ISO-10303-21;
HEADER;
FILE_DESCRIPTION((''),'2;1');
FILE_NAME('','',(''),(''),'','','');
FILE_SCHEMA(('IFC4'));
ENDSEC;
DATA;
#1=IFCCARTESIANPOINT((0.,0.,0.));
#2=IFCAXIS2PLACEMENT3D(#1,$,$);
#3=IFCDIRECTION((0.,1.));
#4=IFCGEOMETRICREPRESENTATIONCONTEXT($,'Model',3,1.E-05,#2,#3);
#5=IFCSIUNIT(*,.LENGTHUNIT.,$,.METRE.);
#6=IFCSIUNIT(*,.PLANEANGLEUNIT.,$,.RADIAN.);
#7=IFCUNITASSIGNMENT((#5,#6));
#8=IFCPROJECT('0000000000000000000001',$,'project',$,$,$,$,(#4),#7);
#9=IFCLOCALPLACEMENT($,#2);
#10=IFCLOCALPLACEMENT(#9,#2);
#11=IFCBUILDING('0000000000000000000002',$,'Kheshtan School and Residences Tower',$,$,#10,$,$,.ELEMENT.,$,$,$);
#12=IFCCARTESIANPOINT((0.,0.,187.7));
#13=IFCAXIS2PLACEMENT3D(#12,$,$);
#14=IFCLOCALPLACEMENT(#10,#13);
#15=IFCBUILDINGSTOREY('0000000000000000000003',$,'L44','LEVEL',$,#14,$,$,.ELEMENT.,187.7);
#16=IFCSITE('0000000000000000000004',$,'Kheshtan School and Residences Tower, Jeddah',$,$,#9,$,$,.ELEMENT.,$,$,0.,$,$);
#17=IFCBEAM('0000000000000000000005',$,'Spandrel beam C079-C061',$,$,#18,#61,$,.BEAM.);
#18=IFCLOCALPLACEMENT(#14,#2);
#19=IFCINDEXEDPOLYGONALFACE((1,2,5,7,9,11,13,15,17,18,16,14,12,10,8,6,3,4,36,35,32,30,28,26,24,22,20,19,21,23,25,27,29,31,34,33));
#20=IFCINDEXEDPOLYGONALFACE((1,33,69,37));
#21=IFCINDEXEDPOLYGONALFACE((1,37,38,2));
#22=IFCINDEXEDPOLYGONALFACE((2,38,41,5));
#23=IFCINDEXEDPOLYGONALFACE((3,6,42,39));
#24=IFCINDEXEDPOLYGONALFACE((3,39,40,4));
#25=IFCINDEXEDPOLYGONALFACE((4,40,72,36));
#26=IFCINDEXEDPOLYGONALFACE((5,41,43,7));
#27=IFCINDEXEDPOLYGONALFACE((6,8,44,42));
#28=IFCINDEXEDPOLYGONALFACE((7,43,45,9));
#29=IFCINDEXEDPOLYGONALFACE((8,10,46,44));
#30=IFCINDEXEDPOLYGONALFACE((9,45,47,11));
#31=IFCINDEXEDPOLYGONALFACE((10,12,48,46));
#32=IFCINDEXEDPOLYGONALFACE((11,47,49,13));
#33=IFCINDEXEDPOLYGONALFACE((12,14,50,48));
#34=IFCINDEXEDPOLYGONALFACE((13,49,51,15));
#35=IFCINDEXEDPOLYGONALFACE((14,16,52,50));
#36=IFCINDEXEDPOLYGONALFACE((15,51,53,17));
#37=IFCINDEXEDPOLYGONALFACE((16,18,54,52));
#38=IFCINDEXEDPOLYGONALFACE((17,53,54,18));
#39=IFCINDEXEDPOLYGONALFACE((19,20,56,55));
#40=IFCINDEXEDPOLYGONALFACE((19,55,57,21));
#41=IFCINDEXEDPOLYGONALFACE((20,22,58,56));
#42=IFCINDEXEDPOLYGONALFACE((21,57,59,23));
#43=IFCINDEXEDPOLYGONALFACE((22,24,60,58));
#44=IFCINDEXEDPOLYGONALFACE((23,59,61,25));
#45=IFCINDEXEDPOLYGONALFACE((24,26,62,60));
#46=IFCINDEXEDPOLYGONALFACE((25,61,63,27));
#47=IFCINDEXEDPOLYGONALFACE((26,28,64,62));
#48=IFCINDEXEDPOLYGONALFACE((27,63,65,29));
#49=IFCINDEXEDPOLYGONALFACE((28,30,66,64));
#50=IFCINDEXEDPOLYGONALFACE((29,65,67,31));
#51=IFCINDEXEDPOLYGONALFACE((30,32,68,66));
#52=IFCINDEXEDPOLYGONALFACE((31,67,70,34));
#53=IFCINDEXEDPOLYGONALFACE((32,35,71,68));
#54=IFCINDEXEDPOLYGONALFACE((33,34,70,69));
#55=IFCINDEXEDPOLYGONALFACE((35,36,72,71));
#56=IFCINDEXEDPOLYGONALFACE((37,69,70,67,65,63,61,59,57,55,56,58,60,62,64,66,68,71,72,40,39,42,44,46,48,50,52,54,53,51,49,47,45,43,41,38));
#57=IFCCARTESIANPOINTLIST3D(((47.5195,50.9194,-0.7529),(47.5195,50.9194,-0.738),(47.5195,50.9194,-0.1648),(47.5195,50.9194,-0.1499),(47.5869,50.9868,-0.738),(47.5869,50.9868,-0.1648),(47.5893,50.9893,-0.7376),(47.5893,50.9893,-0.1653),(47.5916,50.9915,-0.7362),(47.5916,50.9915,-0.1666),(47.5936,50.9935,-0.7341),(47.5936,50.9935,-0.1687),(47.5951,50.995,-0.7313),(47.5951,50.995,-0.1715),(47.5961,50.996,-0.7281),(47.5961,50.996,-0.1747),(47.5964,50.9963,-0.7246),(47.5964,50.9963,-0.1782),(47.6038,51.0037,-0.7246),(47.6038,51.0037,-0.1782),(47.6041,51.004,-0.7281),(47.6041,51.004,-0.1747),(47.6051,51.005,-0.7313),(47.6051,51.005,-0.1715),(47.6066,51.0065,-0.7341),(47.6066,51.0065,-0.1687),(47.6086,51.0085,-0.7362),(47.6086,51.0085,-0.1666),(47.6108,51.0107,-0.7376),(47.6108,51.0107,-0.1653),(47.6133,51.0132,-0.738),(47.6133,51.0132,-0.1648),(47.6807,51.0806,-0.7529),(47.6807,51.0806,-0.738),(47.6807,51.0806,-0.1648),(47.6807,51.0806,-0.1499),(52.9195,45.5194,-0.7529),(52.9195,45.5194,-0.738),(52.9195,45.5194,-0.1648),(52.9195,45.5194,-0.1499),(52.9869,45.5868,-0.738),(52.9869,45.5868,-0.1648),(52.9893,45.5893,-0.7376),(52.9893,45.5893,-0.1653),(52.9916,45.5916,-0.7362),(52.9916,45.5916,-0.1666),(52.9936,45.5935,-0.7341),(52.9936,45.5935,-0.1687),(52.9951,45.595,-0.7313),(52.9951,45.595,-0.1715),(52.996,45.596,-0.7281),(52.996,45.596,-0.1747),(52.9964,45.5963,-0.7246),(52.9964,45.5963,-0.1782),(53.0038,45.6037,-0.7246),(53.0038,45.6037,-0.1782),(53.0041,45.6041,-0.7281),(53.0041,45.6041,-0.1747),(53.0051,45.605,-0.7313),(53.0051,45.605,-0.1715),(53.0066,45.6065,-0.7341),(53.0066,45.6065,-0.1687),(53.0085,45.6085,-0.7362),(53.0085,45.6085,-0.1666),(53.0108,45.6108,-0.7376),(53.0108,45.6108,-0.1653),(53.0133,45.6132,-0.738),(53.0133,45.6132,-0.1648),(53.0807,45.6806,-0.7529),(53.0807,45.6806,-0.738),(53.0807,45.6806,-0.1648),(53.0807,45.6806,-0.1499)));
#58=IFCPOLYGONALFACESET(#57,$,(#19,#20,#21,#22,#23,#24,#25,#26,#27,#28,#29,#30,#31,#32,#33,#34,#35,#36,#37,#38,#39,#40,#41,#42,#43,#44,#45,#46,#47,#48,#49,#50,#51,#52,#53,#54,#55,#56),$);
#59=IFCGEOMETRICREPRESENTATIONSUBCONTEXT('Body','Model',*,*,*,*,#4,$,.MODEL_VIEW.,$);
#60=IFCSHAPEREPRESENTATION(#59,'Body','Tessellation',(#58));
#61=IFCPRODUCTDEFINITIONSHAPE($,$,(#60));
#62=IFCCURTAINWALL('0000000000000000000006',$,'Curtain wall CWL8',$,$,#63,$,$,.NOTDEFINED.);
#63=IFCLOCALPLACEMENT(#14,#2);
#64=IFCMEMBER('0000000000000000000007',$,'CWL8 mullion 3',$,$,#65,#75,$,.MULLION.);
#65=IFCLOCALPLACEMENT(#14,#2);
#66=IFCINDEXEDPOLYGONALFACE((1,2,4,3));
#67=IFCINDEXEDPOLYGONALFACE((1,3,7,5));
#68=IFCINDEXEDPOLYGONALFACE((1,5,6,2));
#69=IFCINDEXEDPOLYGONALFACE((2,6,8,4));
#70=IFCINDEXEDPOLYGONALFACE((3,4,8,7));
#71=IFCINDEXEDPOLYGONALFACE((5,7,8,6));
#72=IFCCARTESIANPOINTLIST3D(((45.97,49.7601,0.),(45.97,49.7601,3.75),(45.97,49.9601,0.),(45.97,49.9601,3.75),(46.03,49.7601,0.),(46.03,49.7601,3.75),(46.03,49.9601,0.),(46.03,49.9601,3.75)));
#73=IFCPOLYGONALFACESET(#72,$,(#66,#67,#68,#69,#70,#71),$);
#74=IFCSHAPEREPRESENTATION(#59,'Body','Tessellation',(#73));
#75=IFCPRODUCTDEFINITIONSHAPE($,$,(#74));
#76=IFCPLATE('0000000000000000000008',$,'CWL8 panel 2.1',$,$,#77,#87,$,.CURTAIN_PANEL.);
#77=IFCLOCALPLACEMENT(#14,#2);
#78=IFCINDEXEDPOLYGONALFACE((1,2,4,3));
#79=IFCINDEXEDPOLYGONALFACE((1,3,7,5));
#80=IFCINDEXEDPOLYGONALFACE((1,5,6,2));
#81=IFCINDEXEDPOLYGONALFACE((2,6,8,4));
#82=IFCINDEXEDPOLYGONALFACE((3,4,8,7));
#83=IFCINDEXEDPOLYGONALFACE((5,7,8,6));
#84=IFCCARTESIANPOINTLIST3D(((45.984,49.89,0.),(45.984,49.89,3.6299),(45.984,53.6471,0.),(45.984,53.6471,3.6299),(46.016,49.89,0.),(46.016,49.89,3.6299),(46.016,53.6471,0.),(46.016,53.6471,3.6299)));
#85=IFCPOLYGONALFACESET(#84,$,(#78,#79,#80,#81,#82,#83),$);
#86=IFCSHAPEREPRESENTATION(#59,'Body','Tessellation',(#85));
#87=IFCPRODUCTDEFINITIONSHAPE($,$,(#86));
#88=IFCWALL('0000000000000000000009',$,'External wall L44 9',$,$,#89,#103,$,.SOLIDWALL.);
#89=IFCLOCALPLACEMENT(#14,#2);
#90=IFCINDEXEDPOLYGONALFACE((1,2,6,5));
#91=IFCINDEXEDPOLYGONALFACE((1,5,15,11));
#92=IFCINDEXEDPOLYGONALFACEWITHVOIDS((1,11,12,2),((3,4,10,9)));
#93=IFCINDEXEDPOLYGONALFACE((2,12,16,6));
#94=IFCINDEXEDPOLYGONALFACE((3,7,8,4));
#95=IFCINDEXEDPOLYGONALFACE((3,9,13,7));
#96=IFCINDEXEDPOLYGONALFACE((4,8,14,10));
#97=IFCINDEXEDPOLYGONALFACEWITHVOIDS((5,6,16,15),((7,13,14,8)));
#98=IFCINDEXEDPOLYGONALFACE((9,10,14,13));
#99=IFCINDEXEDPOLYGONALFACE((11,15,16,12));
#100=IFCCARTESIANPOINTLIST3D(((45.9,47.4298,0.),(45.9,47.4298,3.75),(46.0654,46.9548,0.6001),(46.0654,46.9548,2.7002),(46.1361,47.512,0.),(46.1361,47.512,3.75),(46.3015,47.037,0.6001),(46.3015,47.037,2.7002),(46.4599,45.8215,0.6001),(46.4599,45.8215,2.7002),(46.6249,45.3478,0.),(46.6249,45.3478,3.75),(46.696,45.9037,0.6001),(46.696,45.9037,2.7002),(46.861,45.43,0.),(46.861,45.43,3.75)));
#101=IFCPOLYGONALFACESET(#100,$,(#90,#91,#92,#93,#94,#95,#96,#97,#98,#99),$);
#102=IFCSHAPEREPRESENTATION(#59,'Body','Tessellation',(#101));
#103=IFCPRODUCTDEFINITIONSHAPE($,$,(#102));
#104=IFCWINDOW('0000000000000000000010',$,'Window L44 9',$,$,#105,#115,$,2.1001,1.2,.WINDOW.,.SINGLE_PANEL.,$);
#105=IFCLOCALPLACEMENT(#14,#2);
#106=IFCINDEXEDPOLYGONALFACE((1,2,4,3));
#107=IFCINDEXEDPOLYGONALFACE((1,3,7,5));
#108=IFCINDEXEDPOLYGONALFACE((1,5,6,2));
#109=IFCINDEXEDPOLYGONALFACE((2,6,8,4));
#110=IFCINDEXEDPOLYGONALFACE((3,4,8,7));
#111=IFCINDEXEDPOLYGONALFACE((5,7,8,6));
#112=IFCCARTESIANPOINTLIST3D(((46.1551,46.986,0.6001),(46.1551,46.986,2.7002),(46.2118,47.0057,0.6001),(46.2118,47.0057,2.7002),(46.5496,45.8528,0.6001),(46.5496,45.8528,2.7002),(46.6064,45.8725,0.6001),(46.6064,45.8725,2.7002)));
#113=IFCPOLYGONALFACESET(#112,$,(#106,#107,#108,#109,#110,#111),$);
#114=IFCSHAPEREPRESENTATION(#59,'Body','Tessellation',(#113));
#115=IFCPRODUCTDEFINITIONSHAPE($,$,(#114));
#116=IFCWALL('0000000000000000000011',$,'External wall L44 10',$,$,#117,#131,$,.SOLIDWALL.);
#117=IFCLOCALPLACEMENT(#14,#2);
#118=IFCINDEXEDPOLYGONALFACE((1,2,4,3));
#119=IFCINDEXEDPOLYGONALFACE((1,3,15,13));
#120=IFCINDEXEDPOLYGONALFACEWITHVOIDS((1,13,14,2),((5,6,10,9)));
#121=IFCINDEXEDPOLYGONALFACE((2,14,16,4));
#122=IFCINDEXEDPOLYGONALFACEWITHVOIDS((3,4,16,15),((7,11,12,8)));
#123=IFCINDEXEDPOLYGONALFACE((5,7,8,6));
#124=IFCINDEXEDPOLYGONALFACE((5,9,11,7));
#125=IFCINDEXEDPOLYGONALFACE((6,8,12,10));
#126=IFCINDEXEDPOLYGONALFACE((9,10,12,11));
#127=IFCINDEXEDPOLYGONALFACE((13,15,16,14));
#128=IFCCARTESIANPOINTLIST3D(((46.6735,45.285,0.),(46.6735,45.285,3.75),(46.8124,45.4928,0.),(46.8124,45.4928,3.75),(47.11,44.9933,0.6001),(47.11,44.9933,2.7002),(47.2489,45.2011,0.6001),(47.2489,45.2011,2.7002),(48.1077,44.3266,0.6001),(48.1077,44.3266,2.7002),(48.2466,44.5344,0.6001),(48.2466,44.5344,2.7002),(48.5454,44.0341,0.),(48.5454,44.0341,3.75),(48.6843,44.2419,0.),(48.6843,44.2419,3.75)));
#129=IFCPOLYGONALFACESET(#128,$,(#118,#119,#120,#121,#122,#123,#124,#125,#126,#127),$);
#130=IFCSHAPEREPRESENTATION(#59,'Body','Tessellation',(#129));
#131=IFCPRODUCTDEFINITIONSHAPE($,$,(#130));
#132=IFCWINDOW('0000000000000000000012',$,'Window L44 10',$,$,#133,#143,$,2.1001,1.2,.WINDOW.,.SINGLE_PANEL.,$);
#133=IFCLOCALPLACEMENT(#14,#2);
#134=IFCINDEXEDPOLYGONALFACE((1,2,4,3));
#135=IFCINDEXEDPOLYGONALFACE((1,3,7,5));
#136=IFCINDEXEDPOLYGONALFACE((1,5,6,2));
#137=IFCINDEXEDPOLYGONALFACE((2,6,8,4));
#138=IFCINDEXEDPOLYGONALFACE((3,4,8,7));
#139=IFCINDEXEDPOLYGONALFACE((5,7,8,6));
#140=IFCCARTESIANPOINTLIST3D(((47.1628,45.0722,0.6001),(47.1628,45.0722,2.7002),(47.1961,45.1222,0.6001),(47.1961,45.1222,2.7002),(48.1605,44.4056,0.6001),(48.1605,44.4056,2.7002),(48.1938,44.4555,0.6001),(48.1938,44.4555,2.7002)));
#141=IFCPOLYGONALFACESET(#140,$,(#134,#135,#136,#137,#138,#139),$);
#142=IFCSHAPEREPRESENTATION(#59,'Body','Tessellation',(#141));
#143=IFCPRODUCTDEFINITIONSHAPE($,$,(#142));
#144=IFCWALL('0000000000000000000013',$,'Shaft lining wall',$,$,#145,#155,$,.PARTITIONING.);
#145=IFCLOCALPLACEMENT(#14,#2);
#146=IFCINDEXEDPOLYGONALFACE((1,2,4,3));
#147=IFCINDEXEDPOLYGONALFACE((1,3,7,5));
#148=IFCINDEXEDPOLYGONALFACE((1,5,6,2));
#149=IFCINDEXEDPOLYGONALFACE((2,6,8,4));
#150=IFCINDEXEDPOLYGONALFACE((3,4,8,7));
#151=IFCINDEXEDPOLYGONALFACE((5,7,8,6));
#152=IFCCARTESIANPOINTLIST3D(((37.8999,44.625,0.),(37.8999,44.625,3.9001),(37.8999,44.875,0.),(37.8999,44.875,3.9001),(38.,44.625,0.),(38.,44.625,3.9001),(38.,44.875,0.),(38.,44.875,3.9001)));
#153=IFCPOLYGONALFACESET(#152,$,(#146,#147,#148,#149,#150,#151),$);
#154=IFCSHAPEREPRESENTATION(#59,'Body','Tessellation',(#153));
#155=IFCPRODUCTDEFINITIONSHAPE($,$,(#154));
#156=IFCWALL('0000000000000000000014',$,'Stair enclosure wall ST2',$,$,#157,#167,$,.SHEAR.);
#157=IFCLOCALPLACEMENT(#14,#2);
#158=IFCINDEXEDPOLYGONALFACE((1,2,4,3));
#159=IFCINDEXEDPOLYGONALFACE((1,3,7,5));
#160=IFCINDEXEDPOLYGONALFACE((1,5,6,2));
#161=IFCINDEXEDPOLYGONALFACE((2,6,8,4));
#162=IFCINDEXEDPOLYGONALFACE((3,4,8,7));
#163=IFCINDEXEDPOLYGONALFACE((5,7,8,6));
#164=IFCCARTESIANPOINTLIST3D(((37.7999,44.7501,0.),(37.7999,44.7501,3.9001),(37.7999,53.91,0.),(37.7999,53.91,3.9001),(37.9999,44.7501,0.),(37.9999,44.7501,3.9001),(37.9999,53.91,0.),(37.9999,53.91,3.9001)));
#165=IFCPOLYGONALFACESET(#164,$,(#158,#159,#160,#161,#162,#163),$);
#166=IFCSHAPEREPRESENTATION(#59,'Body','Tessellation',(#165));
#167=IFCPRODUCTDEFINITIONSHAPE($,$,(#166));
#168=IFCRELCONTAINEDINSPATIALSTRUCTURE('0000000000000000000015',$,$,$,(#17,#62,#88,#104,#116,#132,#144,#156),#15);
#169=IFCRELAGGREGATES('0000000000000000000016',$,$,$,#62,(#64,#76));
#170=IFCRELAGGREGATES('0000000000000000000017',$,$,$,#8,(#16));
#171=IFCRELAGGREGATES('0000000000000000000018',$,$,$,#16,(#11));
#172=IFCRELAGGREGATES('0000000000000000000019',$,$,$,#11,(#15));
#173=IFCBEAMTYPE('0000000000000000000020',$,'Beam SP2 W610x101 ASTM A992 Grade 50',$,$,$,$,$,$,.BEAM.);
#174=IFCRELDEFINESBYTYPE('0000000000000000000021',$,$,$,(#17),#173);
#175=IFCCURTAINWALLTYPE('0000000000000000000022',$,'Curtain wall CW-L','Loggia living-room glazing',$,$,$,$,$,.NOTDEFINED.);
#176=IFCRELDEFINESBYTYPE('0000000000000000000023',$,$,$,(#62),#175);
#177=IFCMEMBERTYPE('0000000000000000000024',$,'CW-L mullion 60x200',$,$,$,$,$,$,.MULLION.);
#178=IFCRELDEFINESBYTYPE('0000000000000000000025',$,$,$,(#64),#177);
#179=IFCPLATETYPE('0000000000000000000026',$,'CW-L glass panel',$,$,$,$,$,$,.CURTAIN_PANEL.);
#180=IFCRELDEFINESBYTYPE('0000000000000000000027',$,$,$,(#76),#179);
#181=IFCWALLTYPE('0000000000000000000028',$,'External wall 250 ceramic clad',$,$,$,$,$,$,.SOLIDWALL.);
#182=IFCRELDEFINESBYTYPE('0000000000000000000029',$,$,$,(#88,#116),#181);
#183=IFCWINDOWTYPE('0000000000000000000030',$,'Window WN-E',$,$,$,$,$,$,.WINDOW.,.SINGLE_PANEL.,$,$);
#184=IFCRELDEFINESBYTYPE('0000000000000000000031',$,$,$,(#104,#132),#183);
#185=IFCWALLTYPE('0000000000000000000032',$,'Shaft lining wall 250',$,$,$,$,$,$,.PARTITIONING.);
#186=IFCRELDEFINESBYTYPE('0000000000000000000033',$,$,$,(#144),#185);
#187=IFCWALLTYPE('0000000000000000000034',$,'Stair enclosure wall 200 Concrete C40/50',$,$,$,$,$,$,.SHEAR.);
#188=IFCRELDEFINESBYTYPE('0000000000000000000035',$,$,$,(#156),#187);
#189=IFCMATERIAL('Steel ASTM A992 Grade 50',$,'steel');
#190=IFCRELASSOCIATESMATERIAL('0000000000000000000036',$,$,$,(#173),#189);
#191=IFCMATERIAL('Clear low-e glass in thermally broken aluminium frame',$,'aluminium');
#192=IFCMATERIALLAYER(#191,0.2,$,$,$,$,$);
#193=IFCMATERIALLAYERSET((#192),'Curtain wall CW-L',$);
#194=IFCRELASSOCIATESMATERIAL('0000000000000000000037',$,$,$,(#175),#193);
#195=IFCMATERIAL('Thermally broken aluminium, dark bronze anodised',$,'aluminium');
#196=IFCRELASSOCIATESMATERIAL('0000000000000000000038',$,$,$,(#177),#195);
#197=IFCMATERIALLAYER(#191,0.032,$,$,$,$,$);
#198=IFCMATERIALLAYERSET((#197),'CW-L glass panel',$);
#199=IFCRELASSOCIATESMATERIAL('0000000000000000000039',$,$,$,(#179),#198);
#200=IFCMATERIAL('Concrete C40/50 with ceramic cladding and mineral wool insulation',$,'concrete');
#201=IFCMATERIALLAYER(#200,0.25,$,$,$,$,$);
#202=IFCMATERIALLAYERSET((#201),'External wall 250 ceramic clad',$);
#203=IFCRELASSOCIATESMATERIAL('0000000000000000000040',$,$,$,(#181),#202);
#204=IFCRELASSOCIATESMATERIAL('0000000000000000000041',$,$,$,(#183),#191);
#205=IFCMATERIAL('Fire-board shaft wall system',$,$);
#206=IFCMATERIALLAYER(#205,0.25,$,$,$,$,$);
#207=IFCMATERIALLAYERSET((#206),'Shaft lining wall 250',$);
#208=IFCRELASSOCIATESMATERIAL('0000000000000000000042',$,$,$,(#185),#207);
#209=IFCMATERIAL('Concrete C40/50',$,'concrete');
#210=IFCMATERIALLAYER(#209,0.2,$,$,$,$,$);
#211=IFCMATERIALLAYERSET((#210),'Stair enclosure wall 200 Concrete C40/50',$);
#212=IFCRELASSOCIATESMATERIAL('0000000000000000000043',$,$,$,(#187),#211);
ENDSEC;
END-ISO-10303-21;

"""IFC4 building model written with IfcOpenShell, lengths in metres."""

from ifc_helpers import new_model, si_unit, direction, frame, frame_2d, origin, origin_2d, place, context, subcontext, project, spatial, rectangle, i_section, extrude, source, transform, mapped, material, layer, layer_set, material_profile, profile_set, type_object, element, fill, aggregate, save


model = new_model("IFC4")

# Units and contexts
model_context = context("Model", 3, precision=1e-05, world=origin(), true_north=direction((0.0, 1.0)))
body_context = subcontext(model_context, "Body", "Model", "MODEL_VIEW")
ifc_project = project(units=[si_unit("LENGTHUNIT", "METRE"), si_unit("PLANEANGLEUNIT", "RADIAN")], contexts=[model_context])

# Site, building, storey
site_placement = place(None, origin())
site = spatial("IfcSite", under=ifc_project, at=site_placement, Name="Kheshtan School and Residences Tower, Jeddah", CompositionType="ELEMENT", RefElevation=0.0)
building_placement = place(site_placement, origin())
building = spatial("IfcBuilding", under=site, at=building_placement, Name="Kheshtan School and Residences Tower", CompositionType="ELEMENT")
storey_placement = place(building_placement, frame((0.0, 0.0, 187.7)))
storey = spatial("IfcBuildingStorey", under=building, at=storey_placement, Name="L44", Description="LEVEL", CompositionType="ELEMENT", Elevation=187.7)

# Shared definitions
ifc_material_1 = material(Name="Steel ASTM A992 Grade 50", Category="steel")

# Beam
ifc_material_profile_1 = material_profile(ifc_material_1, i_section(OverallWidth=0.228, OverallDepth=0.603, WebThickness=0.0105, FlangeThickness=0.0149, FilletRadius=0.0134, at=origin_2d()), Name="W610x101")
ifc_profile_set_1 = profile_set([ifc_material_profile_1], Name="Steel ASTM A992 Grade 50")
beam_type_1 = type_object("IfcBeamType", Name="Beam SP2 W610x101 ASTM A992 Grade 50", PredefinedType="BEAM", material=ifc_profile_set_1)
beam_1_placement = place(storey_placement, frame((47.6001, 51.0, -0.4514), z_axis=(0.707107, -0.707107, 0.0), x_axis=(0.707107, 0.707107, 0.0)))
element("IfcBeam", 1, at=beam_1_placement, inside=storey, type_object=beam_type_1, Name="Spandrel beam C079-C061", PredefinedType="BEAM", context=body_context, shape_type="SweptSolid", body=[
    extrude(i_section(OverallWidth=0.228, OverallDepth=0.603, WebThickness=0.0105, FlangeThickness=0.0149, FilletRadius=0.0134, at=origin_2d()), origin(), (0.0, 0.0, 1.0), 7.6367),
])

# Curtain wall, member, plate
ifc_material_2 = material(Name="Clear low-e glass in thermally broken aluminium frame", Category="aluminium")
ifc_layer_1 = layer(ifc_material_2, 0.2)
ifc_layer_set_1 = layer_set([ifc_layer_1], Name="Curtain wall CW-L")
curtain_wall_type = type_object("IfcCurtainWallType", Name="Curtain wall CW-L", Description="Loggia living-room glazing", PredefinedType="NOTDEFINED", material=ifc_layer_set_1)
curtain_wall_placement = place(storey_placement, origin())
curtain_wall = element("IfcCurtainWall", 2, at=curtain_wall_placement, inside=storey, type_object=curtain_wall_type, Name="Curtain wall CWL8", PredefinedType="NOTDEFINED")
ifc_material_3 = material(Name="Thermally broken aluminium, dark bronze anodised", Category="aluminium")
ifc_material_profile_2 = material_profile(ifc_material_3, rectangle(XDim=0.0601, YDim=0.2, at=origin_2d()), Name="CW-L mullion 60x200")
ifc_profile_set_2 = profile_set([ifc_material_profile_2], Name="Thermally broken aluminium, dark bronze anodised")
member_type = type_object("IfcMemberType", Name="CW-L mullion 60x200", PredefinedType="MULLION", material=ifc_profile_set_2)
member_placement = place(storey_placement, frame((46.0, 49.8601, 0.0), z_axis=(0.0, 0.0, 1.0), x_axis=(1.0, 0.0, 0.0)))
member = element("IfcMember", 3, at=member_placement, type_object=member_type, Name="CWL8 mullion 3", PredefinedType="MULLION", context=body_context, shape_type="SweptSolid", body=[
    extrude(rectangle(XDim=0.0601, YDim=0.2, at=origin_2d()), origin(), (0.0, 0.0, 1.0), 3.75),
])
ifc_layer_2 = layer(ifc_material_2, 0.032)
ifc_layer_set_2 = layer_set([ifc_layer_2], Name="CW-L glass panel")
plate_type = type_object("IfcPlateType", Name="CW-L glass panel", PredefinedType="CURTAIN_PANEL", material=ifc_layer_set_2)
plate_placement = place(storey_placement, frame((46.0, 51.7686, 0.0), z_axis=(0.0, 0.0, 1.0), x_axis=(0.0, -1.0, 0.0)))
plate = element("IfcPlate", 4, at=plate_placement, type_object=plate_type, Name="CWL8 panel 2.1", PredefinedType="CURTAIN_PANEL", context=body_context, shape_type="SweptSolid", body=[
    extrude(rectangle(XDim=3.7571, YDim=0.032, at=origin_2d()), origin(), (0.0, 0.0, 1.0), 3.6299),
])
aggregate(curtain_wall, [member, plate])

# Walls, openings, windows
ifc_material_4 = material(Name="Concrete C40/50 with ceramic cladding and mineral wool insulation", Category="concrete")
ifc_layer_3 = layer(ifc_material_4, 0.25)
ifc_layer_set_3 = layer_set([ifc_layer_3], Name="External wall 250 ceramic clad")
wall_type_1 = type_object("IfcWallType", Name="External wall 250 ceramic clad", PredefinedType="SOLIDWALL", material=ifc_layer_set_3)
wall_1_placement = place(storey_placement, frame((46.0181, 47.4709, 0.0), z_axis=(0.0, 0.0, 1.0), x_axis=(0.328791, -0.944403, 0.0)))
wall_1 = element("IfcWall", 5, at=wall_1_placement, inside=storey, type_object=wall_type_1, Name="External wall L44 9", PredefinedType="SOLIDWALL", context=body_context, shape_type="SweptSolid", body=[
    extrude(rectangle(XDim=2.2046, YDim=0.25, at=frame_2d((1.1023, 0.0))), origin(), (0.0, 0.0, 1.0), 3.75),
])
opening_1_placement = place(wall_1_placement, frame((0.5029, 0.0, 0.6001)))
opening_1 = element("IfcOpeningElement", 6, at=opening_1_placement, cuts=wall_1, PredefinedType="OPENING", context=body_context, shape_type="SweptSolid", body=[
    extrude(rectangle(XDim=1.2, YDim=2.1001, at=frame_2d((0.6001, 1.05))), frame((0.0, 0.135, 0.0), z_axis=(0.0, -1.0, 0.0), x_axis=(1.0, 0.0, 0.0)), (0.0, 0.0, 1.0), 0.27),
])
window_type = type_object("IfcWindowType", Name="Window WN-E", PartitioningType="SINGLE_PANEL", PredefinedType="WINDOW", material=ifc_material_2)
shared_shape_1 = source(origin(), body_context, "Body", "SweptSolid", [
    extrude(rectangle(XDim=1.2, YDim=2.1001, at=frame_2d((0.6001, 1.05))), frame((0.0, 0.03, 0.0), z_axis=(0.0, -1.0, 0.0), x_axis=(1.0, 0.0, 0.0)), (0.0, 0.0, 1.0), 0.0601),
])
window_1_placement = place(opening_1_placement, origin())
window_1 = element("IfcWindow", 7, at=window_1_placement, inside=storey, type_object=window_type, Name="Window L44 9", OverallHeight=2.1001, OverallWidth=1.2, PartitioningType="SINGLE_PANEL", PredefinedType="WINDOW", context=body_context, shape_type="MappedRepresentation", body=[
    mapped(shared_shape_1, transform((0.0, 0.0, 0.0), x_axis=(1.0, 0.0, 0.0), y_axis=(0.0, 1.0, 0.0), z_axis=(0.0, 0.0, 1.0), scale=1.0)),
])
fill(opening_1, window_1)
wall_2_placement = place(storey_placement, frame((46.7429, 45.3889, 0.0), z_axis=(0.0, 0.0, 1.0), x_axis=(0.831449, -0.555601, 0.0)))
wall_2 = element("IfcWall", 8, at=wall_2_placement, inside=storey, type_object=wall_type_1, Name="External wall L44 10", PredefinedType="SOLIDWALL", context=body_context, shape_type="SweptSolid", body=[
    extrude(rectangle(XDim=2.2515, YDim=0.25, at=frame_2d((1.1257, 0.0))), origin(), (0.0, 0.0, 1.0), 3.75),
])
opening_2_placement = place(wall_2_placement, frame((0.5249, 0.0, 0.6001)))
opening_2 = element("IfcOpeningElement", 9, at=opening_2_placement, cuts=wall_2, PredefinedType="OPENING", context=body_context, shape_type="SweptSolid", body=[
    extrude(rectangle(XDim=1.2, YDim=2.1001, at=frame_2d((0.6001, 1.05))), frame((0.0, 0.135, 0.0), z_axis=(0.0, -1.0, 0.0), x_axis=(1.0, 0.0, 0.0)), (0.0, 0.0, 1.0), 0.27),
])
window_2_placement = place(opening_2_placement, origin())
window_2 = element("IfcWindow", 10, at=window_2_placement, inside=storey, type_object=window_type, Name="Window L44 10", OverallHeight=2.1001, OverallWidth=1.2, PartitioningType="SINGLE_PANEL", PredefinedType="WINDOW", context=body_context, shape_type="MappedRepresentation", body=[
    mapped(shared_shape_1, transform((0.0, 0.0, 0.0), x_axis=(1.0, 0.0, 0.0), y_axis=(0.0, 1.0, 0.0), z_axis=(0.0, 0.0, 1.0), scale=1.0)),
])
fill(opening_2, window_2)

# Walls
ifc_material_5 = material(Name="Fire-board shaft wall system")
ifc_layer_4 = layer(ifc_material_5, 0.25)
ifc_layer_set_4 = layer_set([ifc_layer_4], Name="Shaft lining wall 250")
wall_type_2 = type_object("IfcWallType", Name="Shaft lining wall 250", PredefinedType="PARTITIONING", material=ifc_layer_set_4)
wall_3_placement = place(storey_placement, frame((37.8999, 44.75, 0.0), z_axis=(0.0, 0.0, 1.0), x_axis=(1.0, 0.0, 0.0)))
element("IfcWall", 11, at=wall_3_placement, inside=storey, type_object=wall_type_2, Name="Shaft lining wall", PredefinedType="PARTITIONING", context=body_context, shape_type="SweptSolid", body=[
    extrude(rectangle(XDim=0.1001, YDim=0.25, at=frame_2d((0.05, 0.0))), origin(), (0.0, 0.0, 1.0), 3.9001),
])
ifc_material_6 = material(Name="Concrete C40/50", Category="concrete")
ifc_layer_5 = layer(ifc_material_6, 0.2)
ifc_layer_set_5 = layer_set([ifc_layer_5], Name="Stair enclosure wall 200 Concrete C40/50")
wall_type_3 = type_object("IfcWallType", Name="Stair enclosure wall 200 Concrete C40/50", PredefinedType="SHEAR", material=ifc_layer_set_5)
wall_4_placement = place(storey_placement, frame((37.8999, 44.75, 0.0), z_axis=(0.0, 0.0, 1.0), x_axis=(0.0, 1.0, 0.0)))
element("IfcWall", 12, at=wall_4_placement, inside=storey, type_object=wall_type_3, Name="Stair enclosure wall ST2", PredefinedType="SHEAR", context=body_context, shape_type="SweptSolid", body=[
    extrude(rectangle(XDim=9.1599, YDim=0.2, at=frame_2d((4.5801, 0.0))), origin(), (0.0, 0.0, 1.0), 3.9001),
])

save(model, "model.ifc")
